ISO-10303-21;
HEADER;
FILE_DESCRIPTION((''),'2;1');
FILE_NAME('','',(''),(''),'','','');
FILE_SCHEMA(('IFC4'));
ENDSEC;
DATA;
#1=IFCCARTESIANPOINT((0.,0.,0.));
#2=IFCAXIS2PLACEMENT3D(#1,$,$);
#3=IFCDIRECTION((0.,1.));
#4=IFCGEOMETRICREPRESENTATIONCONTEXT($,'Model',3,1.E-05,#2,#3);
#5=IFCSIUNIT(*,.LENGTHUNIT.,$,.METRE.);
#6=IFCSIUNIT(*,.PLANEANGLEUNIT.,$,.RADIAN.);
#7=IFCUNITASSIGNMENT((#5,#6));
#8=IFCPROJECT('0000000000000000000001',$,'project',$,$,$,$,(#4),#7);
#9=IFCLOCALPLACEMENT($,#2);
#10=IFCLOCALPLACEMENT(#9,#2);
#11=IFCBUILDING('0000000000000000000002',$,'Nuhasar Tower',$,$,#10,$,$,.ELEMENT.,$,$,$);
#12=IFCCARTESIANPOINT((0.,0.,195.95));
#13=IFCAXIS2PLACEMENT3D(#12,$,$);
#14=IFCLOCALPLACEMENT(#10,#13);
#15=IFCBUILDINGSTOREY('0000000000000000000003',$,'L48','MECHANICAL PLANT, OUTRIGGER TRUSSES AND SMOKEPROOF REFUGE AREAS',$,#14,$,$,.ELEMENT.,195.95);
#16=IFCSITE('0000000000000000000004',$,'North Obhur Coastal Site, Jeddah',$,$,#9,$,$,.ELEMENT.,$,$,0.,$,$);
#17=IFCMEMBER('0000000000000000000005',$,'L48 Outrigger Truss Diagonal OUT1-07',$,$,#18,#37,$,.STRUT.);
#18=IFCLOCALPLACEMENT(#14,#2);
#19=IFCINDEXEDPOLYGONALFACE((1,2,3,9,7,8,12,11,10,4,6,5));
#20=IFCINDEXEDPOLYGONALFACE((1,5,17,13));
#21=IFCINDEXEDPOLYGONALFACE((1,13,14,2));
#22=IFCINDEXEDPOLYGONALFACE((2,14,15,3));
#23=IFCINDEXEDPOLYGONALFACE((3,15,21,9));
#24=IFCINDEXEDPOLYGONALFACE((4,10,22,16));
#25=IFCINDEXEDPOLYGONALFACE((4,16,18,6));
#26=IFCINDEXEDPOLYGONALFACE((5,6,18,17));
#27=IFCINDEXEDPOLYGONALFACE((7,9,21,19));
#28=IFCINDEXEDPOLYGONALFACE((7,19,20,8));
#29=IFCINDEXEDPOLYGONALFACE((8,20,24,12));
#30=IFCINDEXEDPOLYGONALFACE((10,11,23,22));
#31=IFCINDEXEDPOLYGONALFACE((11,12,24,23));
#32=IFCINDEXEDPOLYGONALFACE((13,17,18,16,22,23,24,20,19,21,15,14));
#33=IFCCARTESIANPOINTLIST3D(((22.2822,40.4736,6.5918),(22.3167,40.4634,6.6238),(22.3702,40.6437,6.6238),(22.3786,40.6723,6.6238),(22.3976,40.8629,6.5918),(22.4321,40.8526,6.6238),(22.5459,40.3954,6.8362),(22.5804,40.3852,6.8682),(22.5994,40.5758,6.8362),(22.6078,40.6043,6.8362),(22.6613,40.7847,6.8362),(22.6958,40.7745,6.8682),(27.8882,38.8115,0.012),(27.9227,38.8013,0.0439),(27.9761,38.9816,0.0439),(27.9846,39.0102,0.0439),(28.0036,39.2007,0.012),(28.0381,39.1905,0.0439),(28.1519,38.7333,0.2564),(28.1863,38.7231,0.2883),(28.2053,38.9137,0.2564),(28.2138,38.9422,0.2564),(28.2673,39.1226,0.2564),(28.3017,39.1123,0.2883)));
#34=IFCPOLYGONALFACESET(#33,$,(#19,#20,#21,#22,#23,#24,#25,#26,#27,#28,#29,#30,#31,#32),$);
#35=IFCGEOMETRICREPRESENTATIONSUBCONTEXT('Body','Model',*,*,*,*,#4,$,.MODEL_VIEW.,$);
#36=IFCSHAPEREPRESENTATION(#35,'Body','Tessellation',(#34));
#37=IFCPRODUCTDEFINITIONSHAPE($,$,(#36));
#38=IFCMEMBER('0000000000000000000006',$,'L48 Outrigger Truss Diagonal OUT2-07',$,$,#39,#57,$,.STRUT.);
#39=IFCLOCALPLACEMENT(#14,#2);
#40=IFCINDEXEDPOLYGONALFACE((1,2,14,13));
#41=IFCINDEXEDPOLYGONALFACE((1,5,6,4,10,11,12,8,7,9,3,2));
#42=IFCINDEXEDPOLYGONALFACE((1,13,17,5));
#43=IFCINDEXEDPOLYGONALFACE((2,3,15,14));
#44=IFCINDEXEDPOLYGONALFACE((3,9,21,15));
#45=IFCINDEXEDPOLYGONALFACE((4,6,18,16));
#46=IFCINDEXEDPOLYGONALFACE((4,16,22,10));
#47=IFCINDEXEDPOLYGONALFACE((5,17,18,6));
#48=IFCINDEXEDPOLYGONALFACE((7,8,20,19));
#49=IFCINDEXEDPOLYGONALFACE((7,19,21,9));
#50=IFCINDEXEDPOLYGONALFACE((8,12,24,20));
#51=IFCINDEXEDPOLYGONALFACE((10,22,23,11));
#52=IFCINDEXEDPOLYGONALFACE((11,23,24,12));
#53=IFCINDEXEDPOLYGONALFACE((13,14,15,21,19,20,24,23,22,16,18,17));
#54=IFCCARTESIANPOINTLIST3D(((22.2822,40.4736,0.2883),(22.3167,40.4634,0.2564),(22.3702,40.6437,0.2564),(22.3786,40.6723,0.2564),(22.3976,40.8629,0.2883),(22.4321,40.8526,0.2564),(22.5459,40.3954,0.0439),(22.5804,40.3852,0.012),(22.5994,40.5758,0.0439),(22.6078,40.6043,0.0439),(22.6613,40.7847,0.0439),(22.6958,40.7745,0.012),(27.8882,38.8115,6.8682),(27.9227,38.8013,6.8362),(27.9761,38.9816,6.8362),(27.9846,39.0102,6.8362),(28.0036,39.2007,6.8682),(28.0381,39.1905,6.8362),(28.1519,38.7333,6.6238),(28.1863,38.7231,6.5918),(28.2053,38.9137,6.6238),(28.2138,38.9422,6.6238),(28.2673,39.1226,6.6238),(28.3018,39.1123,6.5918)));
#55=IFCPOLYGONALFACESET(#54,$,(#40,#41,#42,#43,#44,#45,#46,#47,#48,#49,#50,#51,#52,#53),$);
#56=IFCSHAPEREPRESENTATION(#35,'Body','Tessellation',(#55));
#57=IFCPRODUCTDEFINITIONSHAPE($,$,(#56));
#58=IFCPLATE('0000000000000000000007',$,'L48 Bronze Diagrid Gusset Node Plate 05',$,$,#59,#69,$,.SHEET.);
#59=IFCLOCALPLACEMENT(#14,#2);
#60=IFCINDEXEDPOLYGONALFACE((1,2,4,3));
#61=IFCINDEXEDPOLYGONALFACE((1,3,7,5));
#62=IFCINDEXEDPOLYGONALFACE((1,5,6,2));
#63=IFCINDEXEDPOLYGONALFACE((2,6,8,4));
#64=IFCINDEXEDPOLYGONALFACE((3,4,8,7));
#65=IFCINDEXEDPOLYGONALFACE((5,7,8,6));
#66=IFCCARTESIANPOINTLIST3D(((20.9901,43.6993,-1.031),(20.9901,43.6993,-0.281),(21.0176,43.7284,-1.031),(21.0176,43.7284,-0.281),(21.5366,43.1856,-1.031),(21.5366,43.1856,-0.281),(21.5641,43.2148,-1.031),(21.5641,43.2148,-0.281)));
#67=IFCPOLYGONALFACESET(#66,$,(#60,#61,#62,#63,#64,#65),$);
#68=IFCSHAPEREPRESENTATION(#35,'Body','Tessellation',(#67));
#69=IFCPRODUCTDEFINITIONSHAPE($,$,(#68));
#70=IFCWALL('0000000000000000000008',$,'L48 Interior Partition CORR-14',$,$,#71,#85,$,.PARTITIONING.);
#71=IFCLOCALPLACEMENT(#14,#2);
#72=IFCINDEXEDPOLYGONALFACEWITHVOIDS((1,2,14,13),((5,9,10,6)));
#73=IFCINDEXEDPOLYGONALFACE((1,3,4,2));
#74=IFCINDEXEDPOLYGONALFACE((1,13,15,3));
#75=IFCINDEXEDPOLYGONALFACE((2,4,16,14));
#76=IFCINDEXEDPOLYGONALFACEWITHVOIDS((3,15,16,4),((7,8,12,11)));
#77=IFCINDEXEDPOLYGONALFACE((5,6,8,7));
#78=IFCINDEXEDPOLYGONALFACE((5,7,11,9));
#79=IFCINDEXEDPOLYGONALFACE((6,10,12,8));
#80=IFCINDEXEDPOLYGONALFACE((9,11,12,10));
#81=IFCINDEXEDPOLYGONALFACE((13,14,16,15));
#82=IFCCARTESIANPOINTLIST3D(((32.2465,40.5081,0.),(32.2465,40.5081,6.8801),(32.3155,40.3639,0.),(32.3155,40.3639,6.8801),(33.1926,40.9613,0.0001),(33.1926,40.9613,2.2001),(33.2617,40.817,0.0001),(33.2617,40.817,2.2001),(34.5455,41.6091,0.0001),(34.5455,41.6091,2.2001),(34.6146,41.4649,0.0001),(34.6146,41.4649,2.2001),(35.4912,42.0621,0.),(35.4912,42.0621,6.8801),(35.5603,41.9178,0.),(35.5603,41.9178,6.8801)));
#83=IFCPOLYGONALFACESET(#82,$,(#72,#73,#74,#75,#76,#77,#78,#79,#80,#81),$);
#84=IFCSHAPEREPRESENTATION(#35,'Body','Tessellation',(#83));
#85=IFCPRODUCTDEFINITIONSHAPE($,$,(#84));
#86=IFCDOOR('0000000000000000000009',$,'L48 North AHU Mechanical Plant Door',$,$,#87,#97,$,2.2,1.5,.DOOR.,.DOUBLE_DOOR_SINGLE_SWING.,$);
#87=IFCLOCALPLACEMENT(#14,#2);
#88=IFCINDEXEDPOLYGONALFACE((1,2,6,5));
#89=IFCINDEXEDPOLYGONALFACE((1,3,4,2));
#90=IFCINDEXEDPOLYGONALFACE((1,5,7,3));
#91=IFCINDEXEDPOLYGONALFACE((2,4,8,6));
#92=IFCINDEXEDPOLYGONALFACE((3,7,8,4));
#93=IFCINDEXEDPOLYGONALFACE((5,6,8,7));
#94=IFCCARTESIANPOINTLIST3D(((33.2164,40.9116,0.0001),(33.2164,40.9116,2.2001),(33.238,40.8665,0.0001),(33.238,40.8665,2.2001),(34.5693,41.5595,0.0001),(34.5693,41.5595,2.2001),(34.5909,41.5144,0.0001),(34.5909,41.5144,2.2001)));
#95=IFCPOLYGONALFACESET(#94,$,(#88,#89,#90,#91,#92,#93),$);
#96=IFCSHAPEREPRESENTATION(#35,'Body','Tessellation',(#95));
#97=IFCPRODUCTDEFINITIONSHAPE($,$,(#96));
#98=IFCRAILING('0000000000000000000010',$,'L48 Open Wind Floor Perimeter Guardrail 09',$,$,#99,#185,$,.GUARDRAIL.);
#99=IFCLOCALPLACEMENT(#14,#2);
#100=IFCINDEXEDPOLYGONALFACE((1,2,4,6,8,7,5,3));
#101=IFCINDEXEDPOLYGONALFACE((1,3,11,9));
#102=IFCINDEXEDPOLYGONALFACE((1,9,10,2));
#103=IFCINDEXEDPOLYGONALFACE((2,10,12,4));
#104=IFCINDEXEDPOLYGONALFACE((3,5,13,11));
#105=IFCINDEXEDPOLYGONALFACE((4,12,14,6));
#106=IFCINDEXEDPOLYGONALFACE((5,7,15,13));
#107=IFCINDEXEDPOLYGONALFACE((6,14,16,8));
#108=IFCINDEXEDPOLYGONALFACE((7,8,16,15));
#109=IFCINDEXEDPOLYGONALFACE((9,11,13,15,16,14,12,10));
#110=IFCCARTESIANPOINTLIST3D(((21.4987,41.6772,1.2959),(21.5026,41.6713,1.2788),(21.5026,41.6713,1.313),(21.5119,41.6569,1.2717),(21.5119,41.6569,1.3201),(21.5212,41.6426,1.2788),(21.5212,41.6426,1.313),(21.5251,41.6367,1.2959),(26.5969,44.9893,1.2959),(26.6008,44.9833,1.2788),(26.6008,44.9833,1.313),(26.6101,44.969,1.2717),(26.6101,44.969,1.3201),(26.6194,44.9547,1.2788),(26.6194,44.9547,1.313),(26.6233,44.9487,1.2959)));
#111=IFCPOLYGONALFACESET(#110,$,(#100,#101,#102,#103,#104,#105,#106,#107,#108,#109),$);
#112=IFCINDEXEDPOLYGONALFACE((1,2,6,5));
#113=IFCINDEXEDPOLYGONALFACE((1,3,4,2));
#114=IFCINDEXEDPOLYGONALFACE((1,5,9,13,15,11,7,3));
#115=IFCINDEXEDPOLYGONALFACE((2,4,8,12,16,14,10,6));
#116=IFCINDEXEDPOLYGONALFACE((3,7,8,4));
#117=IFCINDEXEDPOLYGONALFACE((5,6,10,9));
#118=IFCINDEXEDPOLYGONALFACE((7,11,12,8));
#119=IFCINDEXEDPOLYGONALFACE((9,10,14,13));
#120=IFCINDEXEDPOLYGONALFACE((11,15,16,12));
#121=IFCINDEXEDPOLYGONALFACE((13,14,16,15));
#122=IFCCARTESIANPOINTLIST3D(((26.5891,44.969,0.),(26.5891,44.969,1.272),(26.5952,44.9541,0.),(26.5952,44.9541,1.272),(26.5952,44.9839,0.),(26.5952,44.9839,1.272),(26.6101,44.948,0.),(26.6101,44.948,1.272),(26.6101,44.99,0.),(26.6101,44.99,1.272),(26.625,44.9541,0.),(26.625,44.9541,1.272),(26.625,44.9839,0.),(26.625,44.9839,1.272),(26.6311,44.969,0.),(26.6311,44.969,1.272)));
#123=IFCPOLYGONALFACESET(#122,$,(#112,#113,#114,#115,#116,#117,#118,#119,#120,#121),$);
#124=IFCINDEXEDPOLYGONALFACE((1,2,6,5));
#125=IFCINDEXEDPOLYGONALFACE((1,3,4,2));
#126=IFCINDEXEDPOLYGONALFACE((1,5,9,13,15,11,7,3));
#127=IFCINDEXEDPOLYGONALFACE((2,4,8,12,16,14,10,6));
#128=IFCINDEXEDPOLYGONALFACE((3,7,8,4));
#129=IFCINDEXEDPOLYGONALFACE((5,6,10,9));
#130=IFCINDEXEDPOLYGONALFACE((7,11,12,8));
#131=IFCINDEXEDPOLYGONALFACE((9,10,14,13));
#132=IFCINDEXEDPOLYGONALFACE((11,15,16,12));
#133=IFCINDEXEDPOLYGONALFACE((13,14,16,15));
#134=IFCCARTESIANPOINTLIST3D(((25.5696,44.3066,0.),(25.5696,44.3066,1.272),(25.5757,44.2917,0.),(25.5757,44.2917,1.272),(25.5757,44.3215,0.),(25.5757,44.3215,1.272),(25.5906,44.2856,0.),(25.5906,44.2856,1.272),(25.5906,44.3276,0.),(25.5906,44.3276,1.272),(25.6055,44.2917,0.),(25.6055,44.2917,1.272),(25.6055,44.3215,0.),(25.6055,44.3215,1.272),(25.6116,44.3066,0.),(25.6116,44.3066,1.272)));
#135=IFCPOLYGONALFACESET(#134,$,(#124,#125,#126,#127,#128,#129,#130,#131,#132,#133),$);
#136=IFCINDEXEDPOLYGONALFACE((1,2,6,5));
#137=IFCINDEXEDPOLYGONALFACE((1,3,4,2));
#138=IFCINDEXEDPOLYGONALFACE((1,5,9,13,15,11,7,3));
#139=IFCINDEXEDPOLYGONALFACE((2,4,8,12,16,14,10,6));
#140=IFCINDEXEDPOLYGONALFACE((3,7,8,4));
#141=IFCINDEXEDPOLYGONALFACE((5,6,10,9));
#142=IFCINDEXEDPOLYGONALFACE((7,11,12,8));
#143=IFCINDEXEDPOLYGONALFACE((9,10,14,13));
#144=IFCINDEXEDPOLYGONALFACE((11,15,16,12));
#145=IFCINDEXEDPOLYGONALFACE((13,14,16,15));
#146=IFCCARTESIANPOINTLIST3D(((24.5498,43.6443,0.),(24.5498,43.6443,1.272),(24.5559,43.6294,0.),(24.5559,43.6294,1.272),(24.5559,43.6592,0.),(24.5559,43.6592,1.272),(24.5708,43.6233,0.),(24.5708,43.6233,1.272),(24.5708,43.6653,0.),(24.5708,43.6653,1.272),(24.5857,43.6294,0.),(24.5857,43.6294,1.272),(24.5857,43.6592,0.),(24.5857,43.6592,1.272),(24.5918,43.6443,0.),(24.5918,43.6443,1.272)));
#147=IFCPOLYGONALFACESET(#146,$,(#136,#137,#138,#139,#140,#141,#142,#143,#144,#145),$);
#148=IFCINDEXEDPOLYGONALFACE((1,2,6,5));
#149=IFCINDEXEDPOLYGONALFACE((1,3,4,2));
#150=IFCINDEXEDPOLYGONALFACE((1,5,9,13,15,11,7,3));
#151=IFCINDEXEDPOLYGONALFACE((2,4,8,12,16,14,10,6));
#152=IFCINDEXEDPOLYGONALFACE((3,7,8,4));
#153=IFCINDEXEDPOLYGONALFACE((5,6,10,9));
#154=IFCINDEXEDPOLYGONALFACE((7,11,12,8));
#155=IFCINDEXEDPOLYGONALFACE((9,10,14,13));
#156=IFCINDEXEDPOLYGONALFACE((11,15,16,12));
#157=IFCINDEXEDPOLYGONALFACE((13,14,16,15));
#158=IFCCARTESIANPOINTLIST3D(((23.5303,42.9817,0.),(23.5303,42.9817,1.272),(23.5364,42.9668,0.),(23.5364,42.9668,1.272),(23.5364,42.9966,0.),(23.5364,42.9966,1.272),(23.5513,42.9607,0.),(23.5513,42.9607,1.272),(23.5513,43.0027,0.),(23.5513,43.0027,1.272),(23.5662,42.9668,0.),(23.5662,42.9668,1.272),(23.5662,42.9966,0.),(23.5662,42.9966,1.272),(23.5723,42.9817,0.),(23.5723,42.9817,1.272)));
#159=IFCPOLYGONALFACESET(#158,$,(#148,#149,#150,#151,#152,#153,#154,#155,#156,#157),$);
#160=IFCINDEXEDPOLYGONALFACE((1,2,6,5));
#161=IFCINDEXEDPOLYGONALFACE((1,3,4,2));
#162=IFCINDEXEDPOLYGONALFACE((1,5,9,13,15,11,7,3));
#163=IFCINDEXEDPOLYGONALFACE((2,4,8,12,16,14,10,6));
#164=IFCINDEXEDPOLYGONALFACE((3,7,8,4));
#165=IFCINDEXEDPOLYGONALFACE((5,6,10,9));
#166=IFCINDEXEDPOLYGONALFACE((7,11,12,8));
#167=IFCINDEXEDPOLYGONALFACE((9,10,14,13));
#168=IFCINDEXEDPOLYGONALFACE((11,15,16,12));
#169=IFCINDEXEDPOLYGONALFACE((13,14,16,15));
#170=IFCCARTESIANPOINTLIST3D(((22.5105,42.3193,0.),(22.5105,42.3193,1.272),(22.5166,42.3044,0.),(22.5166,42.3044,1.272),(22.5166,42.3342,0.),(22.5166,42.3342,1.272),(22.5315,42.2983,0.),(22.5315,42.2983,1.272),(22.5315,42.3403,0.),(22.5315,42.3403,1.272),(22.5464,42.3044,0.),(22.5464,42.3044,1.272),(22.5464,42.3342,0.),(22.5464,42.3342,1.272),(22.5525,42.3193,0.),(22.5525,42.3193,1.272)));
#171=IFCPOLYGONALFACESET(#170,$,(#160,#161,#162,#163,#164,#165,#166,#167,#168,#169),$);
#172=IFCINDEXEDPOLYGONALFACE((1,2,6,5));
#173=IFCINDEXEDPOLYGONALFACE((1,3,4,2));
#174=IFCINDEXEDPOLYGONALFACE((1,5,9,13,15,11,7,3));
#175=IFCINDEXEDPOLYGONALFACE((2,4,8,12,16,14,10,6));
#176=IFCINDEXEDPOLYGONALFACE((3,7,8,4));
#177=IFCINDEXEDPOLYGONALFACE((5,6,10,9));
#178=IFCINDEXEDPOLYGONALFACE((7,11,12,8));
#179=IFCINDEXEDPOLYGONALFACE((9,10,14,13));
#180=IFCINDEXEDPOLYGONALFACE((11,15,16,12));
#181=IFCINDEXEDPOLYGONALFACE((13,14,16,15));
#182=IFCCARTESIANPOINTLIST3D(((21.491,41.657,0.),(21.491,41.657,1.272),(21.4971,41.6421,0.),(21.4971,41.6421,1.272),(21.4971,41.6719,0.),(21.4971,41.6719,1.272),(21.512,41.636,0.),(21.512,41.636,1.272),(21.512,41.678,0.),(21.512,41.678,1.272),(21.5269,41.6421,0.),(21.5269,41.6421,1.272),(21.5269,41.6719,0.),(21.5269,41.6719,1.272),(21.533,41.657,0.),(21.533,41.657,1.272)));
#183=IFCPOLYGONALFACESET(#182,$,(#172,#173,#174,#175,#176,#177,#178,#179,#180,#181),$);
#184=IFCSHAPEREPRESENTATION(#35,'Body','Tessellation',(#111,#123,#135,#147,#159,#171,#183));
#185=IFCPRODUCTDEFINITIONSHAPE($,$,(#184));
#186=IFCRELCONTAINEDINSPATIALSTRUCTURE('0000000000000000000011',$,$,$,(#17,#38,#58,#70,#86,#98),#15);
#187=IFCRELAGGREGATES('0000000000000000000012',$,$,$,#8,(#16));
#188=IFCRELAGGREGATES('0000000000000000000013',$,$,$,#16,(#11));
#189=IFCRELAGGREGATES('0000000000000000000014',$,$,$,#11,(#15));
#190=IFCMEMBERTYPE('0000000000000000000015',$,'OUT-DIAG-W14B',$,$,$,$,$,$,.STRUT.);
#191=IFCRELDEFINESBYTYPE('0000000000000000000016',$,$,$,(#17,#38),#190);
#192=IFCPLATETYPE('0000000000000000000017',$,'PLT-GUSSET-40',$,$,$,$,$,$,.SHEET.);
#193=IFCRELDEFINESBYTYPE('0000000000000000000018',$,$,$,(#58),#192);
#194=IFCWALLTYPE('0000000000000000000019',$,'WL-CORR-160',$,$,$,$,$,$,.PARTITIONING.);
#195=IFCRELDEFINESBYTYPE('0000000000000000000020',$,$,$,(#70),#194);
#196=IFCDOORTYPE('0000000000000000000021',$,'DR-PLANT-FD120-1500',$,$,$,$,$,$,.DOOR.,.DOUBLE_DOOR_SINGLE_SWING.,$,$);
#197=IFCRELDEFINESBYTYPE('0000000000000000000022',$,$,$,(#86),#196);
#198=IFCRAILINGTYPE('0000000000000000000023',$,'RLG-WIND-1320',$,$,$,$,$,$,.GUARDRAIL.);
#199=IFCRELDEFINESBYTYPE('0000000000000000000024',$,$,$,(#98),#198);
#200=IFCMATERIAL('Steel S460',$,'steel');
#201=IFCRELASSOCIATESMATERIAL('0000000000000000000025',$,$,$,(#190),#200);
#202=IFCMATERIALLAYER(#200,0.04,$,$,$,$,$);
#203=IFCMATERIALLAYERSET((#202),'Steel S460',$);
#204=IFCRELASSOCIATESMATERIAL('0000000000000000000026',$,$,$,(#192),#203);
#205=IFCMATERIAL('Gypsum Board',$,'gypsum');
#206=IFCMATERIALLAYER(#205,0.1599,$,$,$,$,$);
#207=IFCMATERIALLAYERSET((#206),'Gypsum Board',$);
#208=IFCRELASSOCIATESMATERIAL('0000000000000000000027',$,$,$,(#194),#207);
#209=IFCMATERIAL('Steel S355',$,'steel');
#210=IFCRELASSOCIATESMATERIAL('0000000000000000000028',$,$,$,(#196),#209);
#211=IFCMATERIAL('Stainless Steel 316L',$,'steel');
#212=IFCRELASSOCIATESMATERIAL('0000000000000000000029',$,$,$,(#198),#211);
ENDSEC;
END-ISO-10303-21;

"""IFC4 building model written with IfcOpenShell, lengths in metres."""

from ifc_helpers import new_model, si_unit, direction, frame, frame_2d, origin, origin_2d, place, context, subcontext, project, spatial, polyline, rectangle, i_section, outline, extrude, material, layer, layer_set, material_profile, profile_set, type_object, element, fill, save


model = new_model("IFC4")

# Units and contexts
model_context = context("Model", 3, precision=1e-05, world=origin(), true_north=direction((0.0, 1.0)))
body_context = subcontext(model_context, "Body", "Model", "MODEL_VIEW")
ifc_project = project(units=[si_unit("LENGTHUNIT", "METRE"), si_unit("PLANEANGLEUNIT", "RADIAN")], contexts=[model_context])

# Site, building, storey
site_placement = place(None, origin())
site = spatial("IfcSite", under=ifc_project, at=site_placement, Name="North Obhur Coastal Site, Jeddah", CompositionType="ELEMENT", RefElevation=0.0)
building_placement = place(site_placement, origin())
building = spatial("IfcBuilding", under=site, at=building_placement, Name="Nuhasar Tower", CompositionType="ELEMENT")
storey_placement = place(building_placement, frame((0.0, 0.0, 195.95)))
storey = spatial("IfcBuildingStorey", under=building, at=storey_placement, Name="L48", Description="MECHANICAL PLANT, OUTRIGGER TRUSSES AND SMOKEPROOF REFUGE AREAS", CompositionType="ELEMENT", Elevation=195.95)

# Shared definitions
ifc_material_1 = material(Name="Steel S460", Category="steel")

# Shared definitions
ifc_material_2 = material(Name="Steel S355", Category="steel")

# Members
ifc_material_profile_1 = material_profile(ifc_material_1, i_section(OverallWidth=0.406, OverallDepth=0.416, WebThickness=0.0298, FlangeThickness=0.0481, at=origin_2d()), Name="W14X257")
ifc_profile_set_1 = profile_set([ifc_material_profile_1], Name="Steel S460")
member_type_1 = type_object("IfcMemberType", Name="OUT-DIAG-W14B", PredefinedType="STRUT", material=ifc_profile_set_1)
for number, where, z_axis, x_axis, name in (
    (1, (28.095, 38.9619, 0.1501), (-0.636861, 0.188823, 0.747498), (-0.284259, -0.958748, 0.0), "L48 Outrigger Truss Diagonal OUT1-07"),
    (2, (22.489, 40.624, 0.1501), (0.636861, -0.188823, 0.747498), (0.284259, 0.958748, 0.0), "L48 Outrigger Truss Diagonal OUT2-07"),
):
    element("IfcMember", number, at=place(storey_placement, frame(where, z_axis=z_axis, x_axis=x_axis)), inside=storey, type_object=member_type_1, Name=name, PredefinedType="STRUT", context=body_context, shape_type="SweptSolid", body=[
        extrude(i_section(OverallWidth=0.406, OverallDepth=0.416, WebThickness=0.0298, FlangeThickness=0.0481, at=origin_2d()), origin(), (0.0, 0.0, 1.0), 8.8025),
    ])

# Plate
ifc_layer_1 = layer(ifc_material_1, 0.04)
ifc_layer_set_1 = layer_set([ifc_layer_1], Name="Steel S460")
plate_type = type_object("IfcPlateType", Name="PLT-GUSSET-40", PredefinedType="SHEET", material=ifc_layer_set_1)
plate_placement = place(storey_placement, frame((21.2771, 43.457, -1.031), z_axis=(0.0, 0.0, 1.0), x_axis=(-0.728682, 0.684852, 0.0)))
element("IfcPlate", 3, at=plate_placement, inside=storey, type_object=plate_type, Name="L48 Bronze Diagrid Gusset Node Plate 05", PredefinedType="SHEET", context=body_context, shape_type="SweptSolid", body=[
    extrude(rectangle(XDim=0.75, YDim=0.04, at=origin_2d()), origin(), (0.0, 0.0, 1.0), 0.75),
])

# Wall, opening, door
ifc_material_3 = material(Name="Gypsum Board", Category="gypsum")
ifc_layer_2 = layer(ifc_material_3, 0.1599)
ifc_layer_set_2 = layer_set([ifc_layer_2], Name="Gypsum Board")
wall_type = type_object("IfcWallType", Name="WL-CORR-160", PredefinedType="PARTITIONING", material=ifc_layer_set_2)
wall_placement = place(storey_placement, frame((32.281, 40.436, 0.0), z_axis=(0.0, 0.0, 1.0), x_axis=(0.901911, 0.431921, 0.0)))
wall = element("IfcWall", 4, at=wall_placement, inside=storey, type_object=wall_type, Name="L48 Interior Partition CORR-14", PredefinedType="PARTITIONING", context=body_context, shape_type="SweptSolid", body=[
    extrude(rectangle(XDim=3.5977, YDim=0.1599, at=frame_2d((1.7988, 0.0))), origin(), (0.0, 0.0, 1.0), 6.8801),
])
opening_placement = place(wall_placement, frame((1.0491, 0.0, 0.0)))
opening = element("IfcOpeningElement", 5, at=opening_placement, cuts=wall, PredefinedType="OPENING", context=body_context, shape_type="SweptSolid", body=[
    extrude(rectangle(XDim=1.5, YDim=2.2, at=frame_2d((0.75, 1.1001))), frame((0.0, 0.0898, 0.0), z_axis=(0.0, -1.0, 0.0), x_axis=(1.0, 0.0, 0.0)), (0.0, 0.0, 1.0), 0.1799),
])
door_type = type_object("IfcDoorType", Name="DR-PLANT-FD120-1500", OperationType="DOUBLE_DOOR_SINGLE_SWING", PredefinedType="DOOR", material=ifc_material_2)
door_placement = place(opening_placement, origin())
door = element("IfcDoor", 6, at=door_placement, inside=storey, type_object=door_type, Name="L48 North AHU Mechanical Plant Door", OperationType="DOUBLE_DOOR_SINGLE_SWING", OverallHeight=2.2, OverallWidth=1.5, PredefinedType="DOOR", context=body_context, shape_type="SweptSolid", body=[
    extrude(rectangle(XDim=1.5, YDim=2.2, at=frame_2d((0.75, 1.1001))), frame((0.0, 0.0249, 0.0), z_axis=(0.0, -1.0, 0.0), x_axis=(1.0, 0.0, 0.0)), (0.0, 0.0, 1.0), 0.05),
])
fill(opening, door)

# Railing
ifc_material_4 = material(Name="Stainless Steel 316L", Category="steel")
railing_type = type_object("IfcRailingType", Name="RLG-WIND-1320", PredefinedType="GUARDRAIL", material=ifc_material_4)
railing_1_placement = place(storey_placement, frame((26.6101, 44.969, 0.0)))
element("IfcRailing", 7, at=railing_1_placement, inside=storey, type_object=railing_type, Name="L48 Open Wind Floor Perimeter Guardrail 09", PredefinedType="GUARDRAIL", context=body_context, shape_type="SweptSolid", body=[
    extrude(outline(polyline([(0.0242, 0.0), (0.0171, 0.0171), (0.0, 0.0242), (-0.0171, 0.0171), (-0.0242, 0.0), (-0.0171, -0.0171), (0.0, -0.0242), (0.0171, -0.0171), (0.0242, 0.0)])), frame((0.0, 0.0, 1.2959), z_axis=(-0.838578, -0.544782, 0.0), x_axis=(0.544782, -0.838578, 0.0)), (0.0, 0.0, 1.0), 6.0796),
    extrude(outline(polyline([(0.021, 0.0), (0.0149, 0.0149), (0.0, 0.021), (-0.0149, 0.0149), (-0.021, 0.0), (-0.0149, -0.0149), (0.0, -0.021), (0.0149, -0.0149), (0.021, 0.0)])), origin(), (0.0, 0.0, 1.0), 1.272),
    extrude(outline(polyline([(0.021, 0.0), (0.0149, 0.0149), (0.0, 0.021), (-0.0149, 0.0149), (-0.021, 0.0), (-0.0149, -0.0149), (0.0, -0.021), (0.0149, -0.0149), (0.021, 0.0)])), frame((-1.0195, -0.6624, 0.0)), (0.0, 0.0, 1.0), 1.272),
    extrude(outline(polyline([(0.021, 0.0), (0.0149, 0.0149), (0.0, 0.021), (-0.0149, 0.0149), (-0.021, 0.0), (-0.0149, -0.0149), (0.0, -0.021), (0.0149, -0.0149), (0.021, 0.0)])), frame((-2.0393, -1.3247, 0.0)), (0.0, 0.0, 1.0), 1.272),
    extrude(outline(polyline([(0.021, 0.0), (0.0149, 0.0149), (0.0, 0.021), (-0.0149, 0.0149), (-0.021, 0.0), (-0.0149, -0.0149), (0.0, -0.021), (0.0149, -0.0149), (0.021, 0.0)])), frame((-3.0588, -1.9873, 0.0)), (0.0, 0.0, 1.0), 1.272),
    extrude(outline(polyline([(0.021, 0.0), (0.0149, 0.0149), (0.0, 0.021), (-0.0149, 0.0149), (-0.021, 0.0), (-0.0149, -0.0149), (0.0, -0.021), (0.0149, -0.0149), (0.021, 0.0)])), frame((-4.0786, -2.6497, 0.0)), (0.0, 0.0, 1.0), 1.272),
    extrude(outline(polyline([(0.021, 0.0), (0.0149, 0.0149), (0.0, 0.021), (-0.0149, 0.0149), (-0.021, 0.0), (-0.0149, -0.0149), (0.0, -0.021), (0.0149, -0.0149), (0.021, 0.0)])), frame((-5.0981, -3.312, 0.0)), (0.0, 0.0, 1.0), 1.272),
])

save(model, "model.ifc")
